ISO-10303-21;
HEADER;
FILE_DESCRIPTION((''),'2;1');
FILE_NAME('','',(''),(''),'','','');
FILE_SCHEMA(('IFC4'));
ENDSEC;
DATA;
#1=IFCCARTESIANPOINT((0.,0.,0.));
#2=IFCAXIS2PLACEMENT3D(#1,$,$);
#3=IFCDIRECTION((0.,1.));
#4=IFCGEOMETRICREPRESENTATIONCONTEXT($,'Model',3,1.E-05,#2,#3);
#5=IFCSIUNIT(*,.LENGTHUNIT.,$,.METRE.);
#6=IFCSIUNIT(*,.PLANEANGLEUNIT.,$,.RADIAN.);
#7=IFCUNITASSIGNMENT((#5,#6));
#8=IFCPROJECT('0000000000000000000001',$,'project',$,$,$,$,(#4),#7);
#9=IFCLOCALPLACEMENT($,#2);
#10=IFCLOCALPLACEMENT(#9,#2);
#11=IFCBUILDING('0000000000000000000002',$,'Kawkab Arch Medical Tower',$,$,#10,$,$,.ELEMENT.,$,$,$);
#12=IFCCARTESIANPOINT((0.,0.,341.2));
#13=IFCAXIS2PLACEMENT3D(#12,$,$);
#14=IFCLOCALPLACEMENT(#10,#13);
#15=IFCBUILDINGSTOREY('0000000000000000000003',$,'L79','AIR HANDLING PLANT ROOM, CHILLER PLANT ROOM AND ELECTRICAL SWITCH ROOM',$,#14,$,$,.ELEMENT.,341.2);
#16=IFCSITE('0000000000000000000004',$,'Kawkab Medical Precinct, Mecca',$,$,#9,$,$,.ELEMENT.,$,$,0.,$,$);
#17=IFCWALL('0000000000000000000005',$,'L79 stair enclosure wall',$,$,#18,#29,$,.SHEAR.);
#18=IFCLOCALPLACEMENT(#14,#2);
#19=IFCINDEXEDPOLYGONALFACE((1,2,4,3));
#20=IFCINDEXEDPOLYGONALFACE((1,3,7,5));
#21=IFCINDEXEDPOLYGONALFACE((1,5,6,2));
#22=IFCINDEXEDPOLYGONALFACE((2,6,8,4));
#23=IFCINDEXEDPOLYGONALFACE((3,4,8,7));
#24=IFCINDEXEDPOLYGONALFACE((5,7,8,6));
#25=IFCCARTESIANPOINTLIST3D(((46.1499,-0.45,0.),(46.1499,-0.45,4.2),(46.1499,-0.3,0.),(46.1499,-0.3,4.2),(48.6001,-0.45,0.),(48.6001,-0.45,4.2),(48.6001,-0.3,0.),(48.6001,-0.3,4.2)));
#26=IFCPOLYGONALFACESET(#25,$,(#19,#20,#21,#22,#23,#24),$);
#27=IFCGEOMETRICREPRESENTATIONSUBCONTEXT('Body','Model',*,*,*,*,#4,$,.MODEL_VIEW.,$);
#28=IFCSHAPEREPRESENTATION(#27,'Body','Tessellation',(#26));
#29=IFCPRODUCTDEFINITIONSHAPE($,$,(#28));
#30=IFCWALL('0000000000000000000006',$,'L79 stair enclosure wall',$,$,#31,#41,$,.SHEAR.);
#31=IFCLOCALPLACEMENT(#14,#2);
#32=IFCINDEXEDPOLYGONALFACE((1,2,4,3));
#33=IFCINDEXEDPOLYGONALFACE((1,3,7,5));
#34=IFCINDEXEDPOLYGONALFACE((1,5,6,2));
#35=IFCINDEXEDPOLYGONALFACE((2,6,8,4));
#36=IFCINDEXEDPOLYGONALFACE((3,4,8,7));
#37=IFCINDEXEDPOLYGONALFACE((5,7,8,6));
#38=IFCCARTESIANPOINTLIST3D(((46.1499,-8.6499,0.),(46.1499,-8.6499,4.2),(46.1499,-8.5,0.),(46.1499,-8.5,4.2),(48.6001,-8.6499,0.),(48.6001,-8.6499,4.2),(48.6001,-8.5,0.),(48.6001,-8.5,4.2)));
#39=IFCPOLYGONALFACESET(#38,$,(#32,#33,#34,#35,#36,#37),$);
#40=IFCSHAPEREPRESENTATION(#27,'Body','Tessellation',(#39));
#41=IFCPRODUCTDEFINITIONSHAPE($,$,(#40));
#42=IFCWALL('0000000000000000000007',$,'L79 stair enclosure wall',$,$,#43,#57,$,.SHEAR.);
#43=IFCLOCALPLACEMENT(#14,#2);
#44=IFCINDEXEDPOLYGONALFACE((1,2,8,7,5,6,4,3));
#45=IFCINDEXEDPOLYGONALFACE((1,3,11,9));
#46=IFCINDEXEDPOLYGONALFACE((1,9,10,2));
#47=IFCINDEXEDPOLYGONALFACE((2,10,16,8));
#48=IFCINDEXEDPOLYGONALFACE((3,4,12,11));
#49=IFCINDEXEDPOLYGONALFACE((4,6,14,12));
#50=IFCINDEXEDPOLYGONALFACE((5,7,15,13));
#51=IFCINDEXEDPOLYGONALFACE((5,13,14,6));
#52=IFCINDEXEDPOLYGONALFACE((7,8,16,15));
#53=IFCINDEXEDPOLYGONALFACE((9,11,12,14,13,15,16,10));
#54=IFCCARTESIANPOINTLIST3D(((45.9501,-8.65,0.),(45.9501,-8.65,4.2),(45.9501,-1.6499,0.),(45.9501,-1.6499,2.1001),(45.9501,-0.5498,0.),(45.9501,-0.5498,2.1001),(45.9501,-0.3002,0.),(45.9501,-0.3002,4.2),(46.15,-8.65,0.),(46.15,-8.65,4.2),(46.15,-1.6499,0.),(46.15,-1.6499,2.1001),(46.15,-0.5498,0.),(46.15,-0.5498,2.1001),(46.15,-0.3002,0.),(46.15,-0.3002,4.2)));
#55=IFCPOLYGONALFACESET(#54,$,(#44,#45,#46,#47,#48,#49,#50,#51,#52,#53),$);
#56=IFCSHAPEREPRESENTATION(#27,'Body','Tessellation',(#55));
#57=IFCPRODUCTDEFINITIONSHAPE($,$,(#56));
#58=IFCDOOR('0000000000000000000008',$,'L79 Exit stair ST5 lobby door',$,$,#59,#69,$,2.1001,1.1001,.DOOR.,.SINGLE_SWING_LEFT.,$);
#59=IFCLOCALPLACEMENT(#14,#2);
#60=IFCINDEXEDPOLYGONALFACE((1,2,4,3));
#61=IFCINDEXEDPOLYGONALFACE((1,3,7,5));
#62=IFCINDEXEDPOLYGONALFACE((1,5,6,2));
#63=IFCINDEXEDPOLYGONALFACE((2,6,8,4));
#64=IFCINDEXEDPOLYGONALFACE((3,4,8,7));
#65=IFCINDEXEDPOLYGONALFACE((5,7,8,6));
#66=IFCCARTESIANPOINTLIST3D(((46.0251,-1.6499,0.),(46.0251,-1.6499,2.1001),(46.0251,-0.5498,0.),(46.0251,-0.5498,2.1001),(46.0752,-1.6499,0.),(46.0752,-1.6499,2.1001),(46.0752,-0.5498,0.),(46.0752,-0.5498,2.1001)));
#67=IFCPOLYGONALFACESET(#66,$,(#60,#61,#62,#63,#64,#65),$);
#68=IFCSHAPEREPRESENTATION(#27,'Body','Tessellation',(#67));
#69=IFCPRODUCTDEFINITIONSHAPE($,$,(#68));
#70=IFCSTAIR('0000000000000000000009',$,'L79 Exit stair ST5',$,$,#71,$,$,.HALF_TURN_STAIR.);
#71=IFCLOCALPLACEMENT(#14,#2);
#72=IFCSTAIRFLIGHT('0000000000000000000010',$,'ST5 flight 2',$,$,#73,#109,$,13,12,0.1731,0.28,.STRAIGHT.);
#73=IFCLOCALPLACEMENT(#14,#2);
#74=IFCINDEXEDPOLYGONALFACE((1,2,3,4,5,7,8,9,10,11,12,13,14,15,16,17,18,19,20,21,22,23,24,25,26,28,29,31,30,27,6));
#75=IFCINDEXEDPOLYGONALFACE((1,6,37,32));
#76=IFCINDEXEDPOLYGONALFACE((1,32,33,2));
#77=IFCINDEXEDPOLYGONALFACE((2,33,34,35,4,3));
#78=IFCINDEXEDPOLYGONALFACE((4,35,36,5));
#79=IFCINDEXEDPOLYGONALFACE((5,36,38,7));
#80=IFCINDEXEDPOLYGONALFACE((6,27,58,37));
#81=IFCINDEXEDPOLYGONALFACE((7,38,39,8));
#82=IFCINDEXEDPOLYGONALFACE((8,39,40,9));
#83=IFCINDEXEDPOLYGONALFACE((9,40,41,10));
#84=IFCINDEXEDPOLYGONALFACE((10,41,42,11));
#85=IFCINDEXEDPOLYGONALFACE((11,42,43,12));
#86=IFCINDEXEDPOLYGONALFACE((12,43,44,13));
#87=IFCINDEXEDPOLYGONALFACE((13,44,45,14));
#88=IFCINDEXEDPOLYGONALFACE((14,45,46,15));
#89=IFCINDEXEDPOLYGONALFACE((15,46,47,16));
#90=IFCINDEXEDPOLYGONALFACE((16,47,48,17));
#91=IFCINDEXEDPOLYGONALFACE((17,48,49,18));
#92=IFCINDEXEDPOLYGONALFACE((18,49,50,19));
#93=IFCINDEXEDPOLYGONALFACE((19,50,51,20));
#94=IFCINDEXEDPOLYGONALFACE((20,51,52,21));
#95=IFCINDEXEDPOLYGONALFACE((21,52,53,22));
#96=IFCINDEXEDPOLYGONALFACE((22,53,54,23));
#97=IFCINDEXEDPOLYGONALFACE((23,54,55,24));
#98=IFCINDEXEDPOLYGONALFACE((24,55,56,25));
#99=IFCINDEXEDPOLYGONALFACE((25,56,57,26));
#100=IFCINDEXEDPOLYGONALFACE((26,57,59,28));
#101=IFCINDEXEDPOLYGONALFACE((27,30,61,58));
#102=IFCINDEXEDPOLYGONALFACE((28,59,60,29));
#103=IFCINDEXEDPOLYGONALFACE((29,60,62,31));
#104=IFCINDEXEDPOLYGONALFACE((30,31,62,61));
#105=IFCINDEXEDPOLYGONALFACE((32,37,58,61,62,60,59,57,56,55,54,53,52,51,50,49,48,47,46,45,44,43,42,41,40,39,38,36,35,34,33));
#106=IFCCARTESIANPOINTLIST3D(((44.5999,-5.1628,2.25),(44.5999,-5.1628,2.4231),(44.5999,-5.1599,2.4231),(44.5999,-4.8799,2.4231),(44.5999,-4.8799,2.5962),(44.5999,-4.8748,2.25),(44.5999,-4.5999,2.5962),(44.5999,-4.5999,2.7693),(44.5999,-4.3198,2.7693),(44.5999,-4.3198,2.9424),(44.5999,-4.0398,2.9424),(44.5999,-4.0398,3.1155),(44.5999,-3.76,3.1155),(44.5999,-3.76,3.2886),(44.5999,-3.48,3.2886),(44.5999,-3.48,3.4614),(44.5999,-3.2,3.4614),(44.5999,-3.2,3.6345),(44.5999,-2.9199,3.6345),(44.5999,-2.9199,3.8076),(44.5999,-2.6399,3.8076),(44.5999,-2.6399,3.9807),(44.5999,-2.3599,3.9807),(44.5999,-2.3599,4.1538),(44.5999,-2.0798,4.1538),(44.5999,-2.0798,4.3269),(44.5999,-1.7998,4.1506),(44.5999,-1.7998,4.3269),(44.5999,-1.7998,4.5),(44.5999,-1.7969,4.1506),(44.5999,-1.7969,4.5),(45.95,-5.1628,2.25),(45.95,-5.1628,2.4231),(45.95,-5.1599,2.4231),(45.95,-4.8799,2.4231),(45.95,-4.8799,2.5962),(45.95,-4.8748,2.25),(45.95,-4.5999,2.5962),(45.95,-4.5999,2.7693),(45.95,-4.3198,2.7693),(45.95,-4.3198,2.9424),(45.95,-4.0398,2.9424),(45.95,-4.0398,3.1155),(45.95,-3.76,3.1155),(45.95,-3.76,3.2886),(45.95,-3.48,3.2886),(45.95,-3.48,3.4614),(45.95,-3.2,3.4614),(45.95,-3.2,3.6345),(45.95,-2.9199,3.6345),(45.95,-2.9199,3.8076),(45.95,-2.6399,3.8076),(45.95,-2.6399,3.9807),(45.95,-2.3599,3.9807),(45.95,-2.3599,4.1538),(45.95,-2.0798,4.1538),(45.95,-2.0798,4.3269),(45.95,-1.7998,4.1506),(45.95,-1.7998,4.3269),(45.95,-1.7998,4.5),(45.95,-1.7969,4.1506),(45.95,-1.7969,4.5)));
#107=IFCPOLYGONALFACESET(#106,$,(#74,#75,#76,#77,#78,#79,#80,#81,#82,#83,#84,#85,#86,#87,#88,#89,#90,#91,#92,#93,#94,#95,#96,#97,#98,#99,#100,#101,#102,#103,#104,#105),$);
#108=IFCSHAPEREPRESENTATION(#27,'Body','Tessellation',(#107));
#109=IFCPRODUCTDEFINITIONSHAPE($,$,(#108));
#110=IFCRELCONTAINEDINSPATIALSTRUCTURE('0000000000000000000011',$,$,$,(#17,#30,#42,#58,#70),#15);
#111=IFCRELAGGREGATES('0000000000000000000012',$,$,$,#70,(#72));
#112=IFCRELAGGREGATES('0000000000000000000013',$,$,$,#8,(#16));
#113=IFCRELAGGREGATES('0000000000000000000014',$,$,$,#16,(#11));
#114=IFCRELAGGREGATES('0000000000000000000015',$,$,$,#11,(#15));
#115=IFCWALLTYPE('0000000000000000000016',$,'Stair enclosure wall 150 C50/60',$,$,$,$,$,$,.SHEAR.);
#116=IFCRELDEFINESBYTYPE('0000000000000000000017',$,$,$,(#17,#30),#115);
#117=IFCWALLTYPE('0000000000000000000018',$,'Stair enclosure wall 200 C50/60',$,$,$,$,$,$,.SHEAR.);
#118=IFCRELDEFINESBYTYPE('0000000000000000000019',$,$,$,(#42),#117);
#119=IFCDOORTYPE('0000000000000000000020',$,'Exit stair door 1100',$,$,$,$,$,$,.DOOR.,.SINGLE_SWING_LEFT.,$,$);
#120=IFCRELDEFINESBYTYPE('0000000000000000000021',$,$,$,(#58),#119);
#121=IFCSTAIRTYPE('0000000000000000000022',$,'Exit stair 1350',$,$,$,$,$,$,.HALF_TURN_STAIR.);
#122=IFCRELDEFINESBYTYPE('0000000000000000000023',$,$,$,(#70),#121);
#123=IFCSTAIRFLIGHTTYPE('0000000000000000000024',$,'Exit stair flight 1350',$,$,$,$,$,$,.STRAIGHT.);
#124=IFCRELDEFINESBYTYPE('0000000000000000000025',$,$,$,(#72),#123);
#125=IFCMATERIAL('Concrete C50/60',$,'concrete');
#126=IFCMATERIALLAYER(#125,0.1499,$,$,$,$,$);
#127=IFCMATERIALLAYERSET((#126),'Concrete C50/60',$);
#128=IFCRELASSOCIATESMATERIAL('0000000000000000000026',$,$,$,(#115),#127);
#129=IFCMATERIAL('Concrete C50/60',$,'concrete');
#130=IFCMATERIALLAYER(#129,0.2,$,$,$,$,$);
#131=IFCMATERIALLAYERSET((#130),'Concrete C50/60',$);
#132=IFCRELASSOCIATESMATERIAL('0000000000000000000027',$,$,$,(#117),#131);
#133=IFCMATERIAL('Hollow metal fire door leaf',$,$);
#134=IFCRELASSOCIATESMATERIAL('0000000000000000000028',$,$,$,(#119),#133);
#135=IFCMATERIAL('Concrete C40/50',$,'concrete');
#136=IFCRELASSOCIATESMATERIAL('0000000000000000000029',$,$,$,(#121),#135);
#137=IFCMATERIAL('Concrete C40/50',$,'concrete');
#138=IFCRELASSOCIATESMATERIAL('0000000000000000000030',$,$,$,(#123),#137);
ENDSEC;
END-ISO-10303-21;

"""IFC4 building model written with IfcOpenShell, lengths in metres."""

from ifc_helpers import new_model, si_unit, direction, frame, frame_2d, origin, place, context, subcontext, project, spatial, polyline, rectangle, outline, extrude, material, layer, layer_set, type_object, element, fill, aggregate, save


model = new_model("IFC4")

# Units and contexts
model_context = context("Model", 3, precision=1e-05, world=origin(), true_north=direction((0.0, 1.0)))
body_context = subcontext(model_context, "Body", "Model", "MODEL_VIEW")
ifc_project = project(units=[si_unit("LENGTHUNIT", "METRE"), si_unit("PLANEANGLEUNIT", "RADIAN")], contexts=[model_context])

# Site, building, storey
site_placement = place(None, origin())
site = spatial("IfcSite", under=ifc_project, at=site_placement, Name="Kawkab Medical Precinct, Mecca", CompositionType="ELEMENT", RefElevation=0.0)
building_placement = place(site_placement, origin())
building = spatial("IfcBuilding", under=site, at=building_placement, Name="Kawkab Arch Medical Tower", CompositionType="ELEMENT")
storey_placement = place(building_placement, frame((0.0, 0.0, 341.2)))
storey = spatial("IfcBuildingStorey", under=building, at=storey_placement, Name="L79", Description="AIR HANDLING PLANT ROOM, CHILLER PLANT ROOM AND ELECTRICAL SWITCH ROOM", CompositionType="ELEMENT", Elevation=341.2)

# Shared definitions
placement = place(storey_placement, origin())

# Walls
ifc_material_1 = material(Name="Concrete C50/60", Category="concrete")
ifc_layer_1 = layer(ifc_material_1, 0.1499)
ifc_layer_set_1 = layer_set([ifc_layer_1], Name="Concrete C50/60")
wall_type_1 = type_object("IfcWallType", Name="Stair enclosure wall 150 C50/60", PredefinedType="SHEAR", material=ifc_layer_set_1)
for number, where, z_axis, x_axis, name in (
    (1, (46.1499, -0.375, 0.0), (0.0, 0.0, 1.0), (1.0, 0.0, 0.0), "L79 stair enclosure wall"),
    (2, (46.1499, -8.575, 0.0), (0.0, 0.0, 1.0), (1.0, 0.0, 0.0), "L79 stair enclosure wall"),
):
    element("IfcWall", number, at=place(storey_placement, frame(where, z_axis=z_axis, x_axis=x_axis)), inside=storey, type_object=wall_type_1, Name=name, PredefinedType="SHEAR", context=body_context, shape_type="SweptSolid", body=[
        extrude(rectangle(XDim=2.4502, YDim=0.1499, at=frame_2d((1.2251, 0.0))), origin(), (0.0, 0.0, 1.0), 4.2),
    ])

# Wall, opening, door
ifc_material_2 = material(Name="Concrete C50/60", Category="concrete")
ifc_layer_2 = layer(ifc_material_2, 0.2)
ifc_layer_set_2 = layer_set([ifc_layer_2], Name="Concrete C50/60")
wall_type_2 = type_object("IfcWallType", Name="Stair enclosure wall 200 C50/60", PredefinedType="SHEAR", material=ifc_layer_set_2)
wall_1_placement = place(storey_placement, frame((46.05, -8.6499, 0.0), z_axis=(0.0, 0.0, 1.0), x_axis=(0.0, 1.0, 0.0)))
wall_1 = element("IfcWall", 3, at=wall_1_placement, inside=storey, type_object=wall_type_2, Name="L79 stair enclosure wall", PredefinedType="SHEAR", context=body_context, shape_type="SweptSolid", body=[
    extrude(rectangle(XDim=8.3499, YDim=0.2, at=frame_2d((4.1748, 0.0))), origin(), (0.0, 0.0, 1.0), 4.2),
])
opening_1_placement = place(wall_1_placement, frame((7.0, 0.0, 0.0)))
opening_1 = element("IfcOpeningElement", 4, at=opening_1_placement, cuts=wall_1, PredefinedType="OPENING", context=body_context, shape_type="SweptSolid", body=[
    extrude(rectangle(XDim=1.1001, YDim=2.1001, at=frame_2d((0.55, 1.05))), frame((0.0, 0.1099, 0.0), z_axis=(0.0, -1.0, 0.0), x_axis=(1.0, 0.0, 0.0)), (0.0, 0.0, 1.0), 0.22),
])
ifc_material_3 = material(Name="Hollow metal fire door leaf")
door_type_1 = type_object("IfcDoorType", Name="Exit stair door 1100", OperationType="SINGLE_SWING_LEFT", PredefinedType="DOOR", material=ifc_material_3)
door_1_placement = place(opening_1_placement, origin())
door_1 = element("IfcDoor", 5, at=door_1_placement, inside=storey, type_object=door_type_1, Name="L79 Exit stair ST5 lobby door", OperationType="SINGLE_SWING_LEFT", OverallHeight=2.1001, OverallWidth=1.1001, PredefinedType="DOOR", context=body_context, shape_type="SweptSolid", body=[
    extrude(rectangle(XDim=1.1001, YDim=2.1001, at=frame_2d((0.55, 1.05))), frame((0.0, 0.0249, 0.0), z_axis=(0.0, -1.0, 0.0), x_axis=(1.0, 0.0, 0.0)), (0.0, 0.0, 1.0), 0.05),
])
fill(opening_1, door_1)

# Stair, stair flight
ifc_material_4 = material(Name="Concrete C40/50", Category="concrete")
stair_type = type_object("IfcStairType", Name="Exit stair 1350", PredefinedType="HALF_TURN_STAIR", material=ifc_material_4)
stair = element("IfcStair", 6, at=placement, inside=storey, type_object=stair_type, Name="L79 Exit stair ST5", PredefinedType="HALF_TURN_STAIR")
ifc_material_5 = material(Name="Concrete C40/50", Category="concrete")
stair_flight_type = type_object("IfcStairFlightType", Name="Exit stair flight 1350", PredefinedType="STRAIGHT", material=ifc_material_5)
stair_flight_placement = place(storey_placement, frame((45.2749, -5.1599, 2.25), z_axis=(0.0, 0.0, 1.0), x_axis=(0.0, 1.0, 0.0)))
stair_flight = element("IfcStairFlight", 7, at=stair_flight_placement, type_object=stair_flight_type, Name="ST5 flight 2", NumberOfRisers=13, NumberOfTreads=12, PredefinedType="STRAIGHT", RiserHeight=0.1731, TreadLength=0.28, context=body_context, shape_type="SweptSolid", body=[
    extrude(outline(polyline([(-0.0029, 0.0), (-0.0029, 0.1731), (0.0, 0.1731), (0.28, 0.1731), (0.28, 0.3462), (0.5601, 0.3462), (0.5601, 0.5193), (0.8401, 0.5193), (0.8401, 0.6924), (1.1201, 0.6924), (1.1201, 0.8655), (1.3999, 0.8655), (1.3999, 1.0386), (1.6799, 1.0386), (1.6799, 1.2114), (1.96, 1.2114), (1.96, 1.3845), (2.24, 1.3845), (2.24, 1.5576), (2.52, 1.5576), (2.52, 1.7307), (2.8, 1.7307), (2.8, 1.9038), (3.0801, 1.9038), (3.0801, 2.0769), (3.3601, 2.0769), (3.3601, 2.25), (3.363, 2.25), (3.363, 1.9006), (3.3601, 1.9006), (0.2852, 0.0), (-0.0029, 0.0)])), frame((0.0, 0.675, 0.0), z_axis=(0.0, -1.0, 0.0), x_axis=(1.0, 0.0, 0.0)), (0.0, 0.0, 1.0), 1.3501),
])
aggregate(stair, [stair_flight])

save(model, "model.ifc")
